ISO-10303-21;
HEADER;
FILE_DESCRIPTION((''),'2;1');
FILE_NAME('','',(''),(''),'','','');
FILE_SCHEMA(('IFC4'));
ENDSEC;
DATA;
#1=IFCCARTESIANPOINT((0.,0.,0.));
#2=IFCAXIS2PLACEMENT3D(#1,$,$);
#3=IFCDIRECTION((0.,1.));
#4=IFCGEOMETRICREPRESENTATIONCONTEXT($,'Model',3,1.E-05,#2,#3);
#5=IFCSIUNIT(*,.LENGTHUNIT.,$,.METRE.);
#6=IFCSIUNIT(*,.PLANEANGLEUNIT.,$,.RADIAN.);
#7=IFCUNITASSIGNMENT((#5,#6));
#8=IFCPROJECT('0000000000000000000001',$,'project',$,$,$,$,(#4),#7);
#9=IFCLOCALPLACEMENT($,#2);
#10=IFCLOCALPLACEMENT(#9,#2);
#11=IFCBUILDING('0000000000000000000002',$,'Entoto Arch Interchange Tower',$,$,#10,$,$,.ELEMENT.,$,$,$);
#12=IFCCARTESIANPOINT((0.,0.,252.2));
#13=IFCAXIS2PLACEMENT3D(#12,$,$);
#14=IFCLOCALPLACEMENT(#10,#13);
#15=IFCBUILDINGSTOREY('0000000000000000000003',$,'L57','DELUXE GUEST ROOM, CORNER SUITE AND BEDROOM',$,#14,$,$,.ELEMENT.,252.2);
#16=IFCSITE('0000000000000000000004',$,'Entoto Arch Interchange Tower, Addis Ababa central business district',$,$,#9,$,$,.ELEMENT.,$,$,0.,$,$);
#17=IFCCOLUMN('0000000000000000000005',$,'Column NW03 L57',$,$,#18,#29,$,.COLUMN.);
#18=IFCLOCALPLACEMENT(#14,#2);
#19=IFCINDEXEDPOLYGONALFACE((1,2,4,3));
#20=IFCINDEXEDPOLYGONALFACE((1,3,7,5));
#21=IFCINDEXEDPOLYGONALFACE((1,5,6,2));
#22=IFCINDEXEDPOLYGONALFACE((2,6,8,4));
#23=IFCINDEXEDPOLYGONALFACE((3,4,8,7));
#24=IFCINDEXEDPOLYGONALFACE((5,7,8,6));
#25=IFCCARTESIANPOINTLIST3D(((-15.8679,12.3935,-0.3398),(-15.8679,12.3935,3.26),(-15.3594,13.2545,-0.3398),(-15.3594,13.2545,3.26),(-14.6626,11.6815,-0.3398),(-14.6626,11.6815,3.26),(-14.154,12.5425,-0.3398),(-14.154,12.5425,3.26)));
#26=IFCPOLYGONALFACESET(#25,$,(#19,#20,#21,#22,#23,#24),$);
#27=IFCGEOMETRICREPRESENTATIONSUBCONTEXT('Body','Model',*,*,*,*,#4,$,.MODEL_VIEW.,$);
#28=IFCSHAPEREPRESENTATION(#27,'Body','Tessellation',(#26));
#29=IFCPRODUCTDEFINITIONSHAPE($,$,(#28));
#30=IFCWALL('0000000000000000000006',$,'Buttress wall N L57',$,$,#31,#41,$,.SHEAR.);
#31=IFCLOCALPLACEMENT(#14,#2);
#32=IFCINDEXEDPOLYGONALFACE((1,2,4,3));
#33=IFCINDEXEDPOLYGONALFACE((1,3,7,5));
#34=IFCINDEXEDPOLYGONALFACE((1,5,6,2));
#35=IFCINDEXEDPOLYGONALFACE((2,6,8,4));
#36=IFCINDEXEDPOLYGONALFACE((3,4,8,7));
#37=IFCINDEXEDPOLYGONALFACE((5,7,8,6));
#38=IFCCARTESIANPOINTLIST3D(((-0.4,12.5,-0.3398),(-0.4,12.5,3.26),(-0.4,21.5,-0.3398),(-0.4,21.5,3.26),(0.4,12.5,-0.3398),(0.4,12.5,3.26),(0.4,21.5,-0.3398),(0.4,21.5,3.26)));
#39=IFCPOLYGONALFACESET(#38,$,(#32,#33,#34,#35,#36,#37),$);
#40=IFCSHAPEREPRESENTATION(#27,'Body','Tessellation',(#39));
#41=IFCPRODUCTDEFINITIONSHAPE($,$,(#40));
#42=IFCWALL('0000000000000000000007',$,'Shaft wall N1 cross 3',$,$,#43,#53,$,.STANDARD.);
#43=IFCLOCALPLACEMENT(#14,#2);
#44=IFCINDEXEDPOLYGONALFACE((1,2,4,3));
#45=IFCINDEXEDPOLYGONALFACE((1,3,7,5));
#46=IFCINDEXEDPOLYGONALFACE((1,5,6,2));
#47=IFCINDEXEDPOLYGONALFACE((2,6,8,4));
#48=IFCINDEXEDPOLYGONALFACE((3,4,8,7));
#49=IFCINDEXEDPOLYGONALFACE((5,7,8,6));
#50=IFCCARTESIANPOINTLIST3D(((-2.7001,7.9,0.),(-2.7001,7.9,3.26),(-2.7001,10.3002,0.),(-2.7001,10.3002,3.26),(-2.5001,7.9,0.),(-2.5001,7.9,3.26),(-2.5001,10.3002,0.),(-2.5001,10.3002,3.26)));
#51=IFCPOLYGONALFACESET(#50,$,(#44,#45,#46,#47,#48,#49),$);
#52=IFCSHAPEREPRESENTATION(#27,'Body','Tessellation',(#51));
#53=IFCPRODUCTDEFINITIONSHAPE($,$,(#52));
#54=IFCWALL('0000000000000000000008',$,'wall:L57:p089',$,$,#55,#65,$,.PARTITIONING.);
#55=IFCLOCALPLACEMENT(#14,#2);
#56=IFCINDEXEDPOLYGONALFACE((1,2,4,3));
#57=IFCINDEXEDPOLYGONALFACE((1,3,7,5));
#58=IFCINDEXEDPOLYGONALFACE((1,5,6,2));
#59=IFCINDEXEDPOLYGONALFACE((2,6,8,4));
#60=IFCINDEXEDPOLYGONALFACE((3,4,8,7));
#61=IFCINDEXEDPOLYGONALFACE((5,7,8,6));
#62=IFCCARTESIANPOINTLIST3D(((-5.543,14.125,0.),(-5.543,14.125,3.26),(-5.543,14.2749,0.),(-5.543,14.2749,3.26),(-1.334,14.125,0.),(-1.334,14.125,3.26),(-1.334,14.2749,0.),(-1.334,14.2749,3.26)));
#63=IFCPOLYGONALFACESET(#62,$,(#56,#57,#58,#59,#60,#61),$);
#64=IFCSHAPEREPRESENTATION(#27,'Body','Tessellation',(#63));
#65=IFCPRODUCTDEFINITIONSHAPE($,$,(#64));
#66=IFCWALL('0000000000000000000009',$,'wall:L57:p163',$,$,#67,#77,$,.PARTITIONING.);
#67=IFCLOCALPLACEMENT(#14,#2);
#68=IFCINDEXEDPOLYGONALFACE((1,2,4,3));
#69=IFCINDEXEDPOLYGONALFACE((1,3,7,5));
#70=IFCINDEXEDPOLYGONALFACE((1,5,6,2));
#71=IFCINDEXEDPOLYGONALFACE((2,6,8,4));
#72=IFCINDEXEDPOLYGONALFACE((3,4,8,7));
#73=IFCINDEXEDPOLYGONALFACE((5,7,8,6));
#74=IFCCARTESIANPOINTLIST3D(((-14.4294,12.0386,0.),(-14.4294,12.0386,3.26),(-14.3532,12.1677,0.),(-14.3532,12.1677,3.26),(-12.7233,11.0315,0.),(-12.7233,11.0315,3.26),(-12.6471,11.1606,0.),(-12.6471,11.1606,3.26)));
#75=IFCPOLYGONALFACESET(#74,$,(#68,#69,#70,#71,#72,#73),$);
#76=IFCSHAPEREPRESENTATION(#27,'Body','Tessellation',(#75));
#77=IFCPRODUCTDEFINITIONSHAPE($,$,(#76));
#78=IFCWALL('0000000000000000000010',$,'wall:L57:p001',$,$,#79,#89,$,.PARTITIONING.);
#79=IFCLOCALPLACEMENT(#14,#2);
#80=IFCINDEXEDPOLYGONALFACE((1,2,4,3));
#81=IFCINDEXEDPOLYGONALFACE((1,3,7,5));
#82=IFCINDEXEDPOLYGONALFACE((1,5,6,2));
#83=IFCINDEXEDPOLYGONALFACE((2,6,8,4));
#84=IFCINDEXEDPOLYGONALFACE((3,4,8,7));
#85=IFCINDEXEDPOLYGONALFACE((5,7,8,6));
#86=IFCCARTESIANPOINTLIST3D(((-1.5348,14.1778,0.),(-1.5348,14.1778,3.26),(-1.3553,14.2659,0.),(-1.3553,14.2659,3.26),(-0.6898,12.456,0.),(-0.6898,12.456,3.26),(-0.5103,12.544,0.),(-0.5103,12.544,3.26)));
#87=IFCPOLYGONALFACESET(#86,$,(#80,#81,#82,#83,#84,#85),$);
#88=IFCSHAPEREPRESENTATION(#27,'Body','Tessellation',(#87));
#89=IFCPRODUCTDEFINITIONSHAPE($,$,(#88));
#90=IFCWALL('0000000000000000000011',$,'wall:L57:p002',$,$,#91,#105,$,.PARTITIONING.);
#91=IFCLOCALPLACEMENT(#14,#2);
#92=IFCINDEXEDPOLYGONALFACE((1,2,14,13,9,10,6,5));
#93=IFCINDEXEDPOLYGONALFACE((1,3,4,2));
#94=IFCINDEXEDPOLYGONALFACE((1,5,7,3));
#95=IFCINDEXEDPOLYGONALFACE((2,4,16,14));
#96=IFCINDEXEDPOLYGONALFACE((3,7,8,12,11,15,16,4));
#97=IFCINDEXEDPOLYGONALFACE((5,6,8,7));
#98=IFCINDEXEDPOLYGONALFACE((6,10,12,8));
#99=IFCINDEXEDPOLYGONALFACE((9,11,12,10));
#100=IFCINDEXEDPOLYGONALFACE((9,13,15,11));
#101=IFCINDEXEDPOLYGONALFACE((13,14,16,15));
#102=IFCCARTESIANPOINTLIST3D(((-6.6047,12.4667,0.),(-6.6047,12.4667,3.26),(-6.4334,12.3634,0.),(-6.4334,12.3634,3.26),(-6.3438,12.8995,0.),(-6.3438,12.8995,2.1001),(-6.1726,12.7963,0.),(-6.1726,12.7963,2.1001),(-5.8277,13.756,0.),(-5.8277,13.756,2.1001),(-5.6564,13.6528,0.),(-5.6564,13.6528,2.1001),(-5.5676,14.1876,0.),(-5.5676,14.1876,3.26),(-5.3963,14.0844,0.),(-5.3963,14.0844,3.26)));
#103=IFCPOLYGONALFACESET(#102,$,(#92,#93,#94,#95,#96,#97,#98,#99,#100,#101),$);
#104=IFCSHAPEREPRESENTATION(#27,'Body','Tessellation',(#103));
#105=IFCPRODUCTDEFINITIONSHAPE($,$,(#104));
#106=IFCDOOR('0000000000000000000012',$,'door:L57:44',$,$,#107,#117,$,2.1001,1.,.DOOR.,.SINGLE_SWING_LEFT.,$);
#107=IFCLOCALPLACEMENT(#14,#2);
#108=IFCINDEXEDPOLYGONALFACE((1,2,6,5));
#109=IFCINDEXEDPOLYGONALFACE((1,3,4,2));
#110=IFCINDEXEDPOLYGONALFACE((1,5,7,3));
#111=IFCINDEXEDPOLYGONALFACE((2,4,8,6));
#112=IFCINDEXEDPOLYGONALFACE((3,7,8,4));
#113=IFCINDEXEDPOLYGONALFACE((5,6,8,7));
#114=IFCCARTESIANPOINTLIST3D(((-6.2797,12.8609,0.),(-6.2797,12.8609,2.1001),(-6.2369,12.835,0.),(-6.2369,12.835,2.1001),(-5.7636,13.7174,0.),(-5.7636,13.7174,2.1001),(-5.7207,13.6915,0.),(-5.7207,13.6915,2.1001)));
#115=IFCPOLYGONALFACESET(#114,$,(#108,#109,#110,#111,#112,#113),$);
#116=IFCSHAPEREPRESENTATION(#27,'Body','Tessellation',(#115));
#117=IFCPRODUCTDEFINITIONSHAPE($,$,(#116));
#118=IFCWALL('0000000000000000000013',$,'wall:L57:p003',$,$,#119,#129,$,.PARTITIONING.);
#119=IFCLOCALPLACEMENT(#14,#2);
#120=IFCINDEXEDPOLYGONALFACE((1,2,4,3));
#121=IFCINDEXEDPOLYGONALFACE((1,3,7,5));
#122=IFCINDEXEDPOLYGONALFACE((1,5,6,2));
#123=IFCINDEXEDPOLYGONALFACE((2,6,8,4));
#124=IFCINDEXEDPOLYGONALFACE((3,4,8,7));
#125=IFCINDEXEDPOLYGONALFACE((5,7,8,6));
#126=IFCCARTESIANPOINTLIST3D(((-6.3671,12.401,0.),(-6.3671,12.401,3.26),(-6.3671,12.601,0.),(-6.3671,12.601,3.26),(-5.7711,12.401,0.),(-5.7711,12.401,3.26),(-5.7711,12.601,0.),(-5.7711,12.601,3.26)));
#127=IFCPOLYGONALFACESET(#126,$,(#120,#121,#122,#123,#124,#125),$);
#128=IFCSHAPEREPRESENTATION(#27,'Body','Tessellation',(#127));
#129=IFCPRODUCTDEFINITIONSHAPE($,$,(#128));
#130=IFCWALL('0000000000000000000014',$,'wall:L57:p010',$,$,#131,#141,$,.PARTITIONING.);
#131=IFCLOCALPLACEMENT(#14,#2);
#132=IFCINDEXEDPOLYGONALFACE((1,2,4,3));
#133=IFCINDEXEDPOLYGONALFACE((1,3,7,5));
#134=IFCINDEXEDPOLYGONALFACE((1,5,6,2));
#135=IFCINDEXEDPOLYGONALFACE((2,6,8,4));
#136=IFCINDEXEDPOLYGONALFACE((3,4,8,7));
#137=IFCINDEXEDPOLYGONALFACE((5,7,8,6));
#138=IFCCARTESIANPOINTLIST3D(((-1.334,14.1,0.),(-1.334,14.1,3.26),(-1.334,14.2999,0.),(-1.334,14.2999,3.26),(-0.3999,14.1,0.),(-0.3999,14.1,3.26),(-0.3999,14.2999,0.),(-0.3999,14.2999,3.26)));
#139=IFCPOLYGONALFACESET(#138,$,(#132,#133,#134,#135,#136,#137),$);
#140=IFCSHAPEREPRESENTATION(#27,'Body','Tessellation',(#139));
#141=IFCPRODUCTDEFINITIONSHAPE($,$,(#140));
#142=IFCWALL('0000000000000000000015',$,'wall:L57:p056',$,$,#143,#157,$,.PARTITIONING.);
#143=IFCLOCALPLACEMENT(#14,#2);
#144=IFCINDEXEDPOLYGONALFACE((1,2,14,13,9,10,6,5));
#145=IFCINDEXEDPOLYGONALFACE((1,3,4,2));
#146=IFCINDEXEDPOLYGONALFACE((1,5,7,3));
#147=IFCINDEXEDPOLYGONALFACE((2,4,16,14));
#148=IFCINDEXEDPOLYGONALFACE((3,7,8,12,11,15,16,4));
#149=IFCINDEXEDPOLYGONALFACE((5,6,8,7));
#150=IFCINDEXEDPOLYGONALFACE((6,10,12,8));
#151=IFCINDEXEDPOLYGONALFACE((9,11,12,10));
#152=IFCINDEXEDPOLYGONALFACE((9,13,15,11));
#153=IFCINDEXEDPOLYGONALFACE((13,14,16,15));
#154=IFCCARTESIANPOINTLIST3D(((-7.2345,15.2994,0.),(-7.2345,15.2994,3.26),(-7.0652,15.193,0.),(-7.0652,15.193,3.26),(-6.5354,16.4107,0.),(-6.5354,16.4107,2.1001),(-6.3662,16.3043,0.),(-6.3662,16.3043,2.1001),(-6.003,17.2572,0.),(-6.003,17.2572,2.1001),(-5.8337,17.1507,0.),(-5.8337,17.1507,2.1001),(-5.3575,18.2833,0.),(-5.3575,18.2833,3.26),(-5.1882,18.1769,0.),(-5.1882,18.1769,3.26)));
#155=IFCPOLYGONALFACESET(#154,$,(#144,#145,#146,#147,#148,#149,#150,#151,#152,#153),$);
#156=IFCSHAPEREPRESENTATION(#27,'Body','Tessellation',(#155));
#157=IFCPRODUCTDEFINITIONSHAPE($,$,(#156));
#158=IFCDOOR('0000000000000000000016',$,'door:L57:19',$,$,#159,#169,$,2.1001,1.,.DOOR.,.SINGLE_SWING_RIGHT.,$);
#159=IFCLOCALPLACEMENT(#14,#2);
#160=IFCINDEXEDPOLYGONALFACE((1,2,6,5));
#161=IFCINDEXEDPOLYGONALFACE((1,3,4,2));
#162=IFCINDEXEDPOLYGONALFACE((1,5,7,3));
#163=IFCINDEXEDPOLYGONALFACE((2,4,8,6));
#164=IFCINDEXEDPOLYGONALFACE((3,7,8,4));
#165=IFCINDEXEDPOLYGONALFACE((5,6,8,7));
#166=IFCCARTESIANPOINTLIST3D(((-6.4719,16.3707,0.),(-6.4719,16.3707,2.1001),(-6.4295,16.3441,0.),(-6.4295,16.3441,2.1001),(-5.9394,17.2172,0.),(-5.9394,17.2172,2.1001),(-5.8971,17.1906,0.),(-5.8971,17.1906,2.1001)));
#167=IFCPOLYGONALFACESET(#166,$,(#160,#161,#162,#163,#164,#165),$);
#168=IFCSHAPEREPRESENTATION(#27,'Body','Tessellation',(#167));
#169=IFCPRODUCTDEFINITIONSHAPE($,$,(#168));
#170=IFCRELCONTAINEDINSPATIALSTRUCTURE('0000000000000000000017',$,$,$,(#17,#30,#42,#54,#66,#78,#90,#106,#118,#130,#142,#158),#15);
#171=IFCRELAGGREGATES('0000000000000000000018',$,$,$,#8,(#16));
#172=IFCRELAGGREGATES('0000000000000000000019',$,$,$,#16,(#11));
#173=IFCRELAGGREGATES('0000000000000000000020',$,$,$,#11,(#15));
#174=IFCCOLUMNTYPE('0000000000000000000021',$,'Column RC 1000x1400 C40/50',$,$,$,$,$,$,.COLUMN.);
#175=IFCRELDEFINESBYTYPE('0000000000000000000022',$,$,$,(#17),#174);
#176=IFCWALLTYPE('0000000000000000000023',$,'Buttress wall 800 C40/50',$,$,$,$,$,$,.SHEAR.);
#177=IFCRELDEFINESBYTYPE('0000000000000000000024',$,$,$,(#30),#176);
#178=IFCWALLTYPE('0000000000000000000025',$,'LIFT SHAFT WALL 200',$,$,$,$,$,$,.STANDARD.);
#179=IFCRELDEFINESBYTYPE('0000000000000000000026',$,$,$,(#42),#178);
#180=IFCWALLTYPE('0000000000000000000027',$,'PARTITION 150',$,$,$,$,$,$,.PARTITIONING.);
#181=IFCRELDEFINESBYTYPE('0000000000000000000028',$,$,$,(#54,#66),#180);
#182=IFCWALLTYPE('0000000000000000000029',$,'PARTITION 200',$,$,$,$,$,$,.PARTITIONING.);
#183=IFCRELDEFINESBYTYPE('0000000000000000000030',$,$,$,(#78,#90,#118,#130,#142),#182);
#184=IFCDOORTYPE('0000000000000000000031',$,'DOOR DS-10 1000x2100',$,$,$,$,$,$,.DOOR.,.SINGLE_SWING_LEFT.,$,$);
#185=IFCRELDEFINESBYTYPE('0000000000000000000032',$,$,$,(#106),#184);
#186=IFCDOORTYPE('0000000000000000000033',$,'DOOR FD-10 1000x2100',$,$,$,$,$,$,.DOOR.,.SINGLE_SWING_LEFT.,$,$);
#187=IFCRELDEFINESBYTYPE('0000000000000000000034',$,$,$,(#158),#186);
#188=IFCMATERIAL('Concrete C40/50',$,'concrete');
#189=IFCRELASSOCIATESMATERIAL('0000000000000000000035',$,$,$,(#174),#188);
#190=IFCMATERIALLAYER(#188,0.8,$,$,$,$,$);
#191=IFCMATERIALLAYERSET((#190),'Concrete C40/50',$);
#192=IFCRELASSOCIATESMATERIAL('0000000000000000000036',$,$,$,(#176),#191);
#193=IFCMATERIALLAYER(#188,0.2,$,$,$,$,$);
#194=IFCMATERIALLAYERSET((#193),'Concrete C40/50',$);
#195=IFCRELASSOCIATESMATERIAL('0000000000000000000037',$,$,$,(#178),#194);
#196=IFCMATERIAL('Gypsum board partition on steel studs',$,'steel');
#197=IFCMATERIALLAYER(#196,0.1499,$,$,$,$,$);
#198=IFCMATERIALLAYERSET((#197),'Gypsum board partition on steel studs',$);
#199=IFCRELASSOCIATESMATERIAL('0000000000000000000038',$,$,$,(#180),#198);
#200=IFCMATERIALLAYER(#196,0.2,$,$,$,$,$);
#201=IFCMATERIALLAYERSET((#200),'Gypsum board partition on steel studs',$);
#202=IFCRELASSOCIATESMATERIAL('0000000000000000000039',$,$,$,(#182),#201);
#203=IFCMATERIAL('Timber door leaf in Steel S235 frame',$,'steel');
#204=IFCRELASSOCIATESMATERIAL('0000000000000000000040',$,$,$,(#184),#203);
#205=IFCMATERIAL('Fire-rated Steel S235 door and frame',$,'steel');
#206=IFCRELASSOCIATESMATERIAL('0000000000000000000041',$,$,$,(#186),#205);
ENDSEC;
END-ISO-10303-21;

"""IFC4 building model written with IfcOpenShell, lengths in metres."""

from ifc_helpers import new_model, si_unit, direction, frame, frame_2d, origin, origin_2d, place, context, subcontext, project, spatial, rectangle, extrude, material, layer, layer_set, material_profile, profile_set, type_object, element, fill, save


model = new_model("IFC4")

# Units and contexts
model_context = context("Model", 3, precision=1e-05, world=origin(), true_north=direction((0.0, 1.0)))
body_context = subcontext(model_context, "Body", "Model", "MODEL_VIEW")
ifc_project = project(units=[si_unit("LENGTHUNIT", "METRE"), si_unit("PLANEANGLEUNIT", "RADIAN")], contexts=[model_context])

# Site, building, storey
site_placement = place(None, origin())
site = spatial("IfcSite", under=ifc_project, at=site_placement, Name="Entoto Arch Interchange Tower, Addis Ababa central business district", CompositionType="ELEMENT", RefElevation=0.0)
building_placement = place(site_placement, origin())
building = spatial("IfcBuilding", under=site, at=building_placement, Name="Entoto Arch Interchange Tower", CompositionType="ELEMENT")
storey_placement = place(building_placement, frame((0.0, 0.0, 252.2)))
storey = spatial("IfcBuildingStorey", under=building, at=storey_placement, Name="L57", Description="DELUXE GUEST ROOM, CORNER SUITE AND BEDROOM", CompositionType="ELEMENT", Elevation=252.2)

# Column
ifc_material_1 = material(Name="Concrete C40/50", Category="concrete")
ifc_material_profile = material_profile(ifc_material_1, rectangle(XDim=1.0, YDim=1.3999, at=origin_2d()))
ifc_profile_set = profile_set([ifc_material_profile], Name="Concrete C40/50")
column_type = type_object("IfcColumnType", Name="Column RC 1000x1400 C40/50", PredefinedType="COLUMN", material=ifc_profile_set)
column_placement = place(storey_placement, frame((-15.011, 12.468, -0.3398), z_axis=(0.0, 0.0, 1.0), x_axis=(0.508576, 0.861017, 0.0)))
element("IfcColumn", 1, at=column_placement, inside=storey, type_object=column_type, Name="Column NW03 L57", PredefinedType="COLUMN", context=body_context, shape_type="SweptSolid", body=[
    extrude(rectangle(XDim=1.0, YDim=1.3999, at=origin_2d()), origin(), (0.0, 0.0, 1.0), 3.5999),
])

# Walls
ifc_layer_1 = layer(ifc_material_1, 0.8)
ifc_layer_set_1 = layer_set([ifc_layer_1], Name="Concrete C40/50")
wall_type_1 = type_object("IfcWallType", Name="Buttress wall 800 C40/50", PredefinedType="SHEAR", material=ifc_layer_set_1)
wall_1_placement = place(storey_placement, frame((0.0, 12.5, -0.3398), z_axis=(0.0, 0.0, 1.0), x_axis=(0.0, 1.0, 0.0)))
element("IfcWall", 2, at=wall_1_placement, inside=storey, type_object=wall_type_1, Name="Buttress wall N L57", PredefinedType="SHEAR", context=body_context, shape_type="SweptSolid", body=[
    extrude(rectangle(XDim=9.0, YDim=0.8, at=frame_2d((4.5, 0.0))), origin(), (0.0, 0.0, 1.0), 3.5999),
])
ifc_layer_2 = layer(ifc_material_1, 0.2)
ifc_layer_set_2 = layer_set([ifc_layer_2], Name="Concrete C40/50")
wall_type_2 = type_object("IfcWallType", Name="LIFT SHAFT WALL 200", PredefinedType="STANDARD", material=ifc_layer_set_2)
wall_2_placement = place(storey_placement, frame((-2.6001, 7.8999, 0.0), z_axis=(0.0, 0.0, 1.0), x_axis=(0.0, 1.0, 0.0)))
element("IfcWall", 3, at=wall_2_placement, inside=storey, type_object=wall_type_2, Name="Shaft wall N1 cross 3", PredefinedType="STANDARD", context=body_context, shape_type="SweptSolid", body=[
    extrude(rectangle(XDim=2.4001, YDim=0.2, at=frame_2d((1.2002, 0.0))), origin(), (0.0, 0.0, 1.0), 3.26),
])
ifc_material_2 = material(Name="Gypsum board partition on steel studs", Category="steel")
ifc_layer_3 = layer(ifc_material_2, 0.1499)
ifc_layer_set_3 = layer_set([ifc_layer_3], Name="Gypsum board partition on steel studs")
wall_type_3 = type_object("IfcWallType", Name="PARTITION 150", PredefinedType="PARTITIONING", material=ifc_layer_set_3)
wall_3_placement = place(storey_placement, frame((-1.334, 14.2, 0.0), z_axis=(0.0, 0.0, 1.0), x_axis=(-1.0, 0.0, 0.0)))
element("IfcWall", 4, at=wall_3_placement, inside=storey, type_object=wall_type_3, Name="wall:L57:p089", PredefinedType="PARTITIONING", context=body_context, shape_type="SweptSolid", body=[
    extrude(rectangle(XDim=4.209, YDim=0.1499, at=frame_2d((2.1045, 0.0))), origin(), (0.0, 0.0, 1.0), 3.26),
])
wall_4_placement = place(storey_placement, frame((-12.6851, 11.0959, 0.0), z_axis=(0.0, 0.0, 1.0), x_axis=(-0.861157, 0.508339, 0.0)))
element("IfcWall", 5, at=wall_4_placement, inside=storey, type_object=wall_type_3, Name="wall:L57:p163", PredefinedType="PARTITIONING", context=body_context, shape_type="SweptSolid", body=[
    extrude(rectangle(XDim=1.9812, YDim=0.1499, at=frame_2d((0.9907, 0.0))), origin(), (0.0, 0.0, 1.0), 3.26),
])
ifc_layer_4 = layer(ifc_material_2, 0.2)
ifc_layer_set_4 = layer_set([ifc_layer_4], Name="Gypsum board partition on steel studs")
wall_type_4 = type_object("IfcWallType", Name="PARTITION 200", PredefinedType="PARTITIONING", material=ifc_layer_set_4)
wall_5_placement = place(storey_placement, frame((-0.6001, 12.5, 0.0), z_axis=(0.0, 0.0, 1.0), x_axis=(-0.440531, 0.897737, 0.0)))
element("IfcWall", 6, at=wall_5_placement, inside=storey, type_object=wall_type_4, Name="wall:L57:p001", PredefinedType="PARTITIONING", context=body_context, shape_type="SweptSolid", body=[
    extrude(rectangle(XDim=1.918, YDim=0.2, at=frame_2d((0.959, 0.0))), origin(), (0.0, 0.0, 1.0), 3.26),
])

# Wall, opening, door
wall_6_placement = place(storey_placement, frame((-5.4819, 14.136, 0.0), z_axis=(0.0, 0.0, 1.0), x_axis=(-0.516157, -0.856494, 0.0)))
wall_6 = element("IfcWall", 7, at=wall_6_placement, inside=storey, type_object=wall_type_4, Name="wall:L57:p002", PredefinedType="PARTITIONING", context=body_context, shape_type="SweptSolid", body=[
    extrude(rectangle(XDim=2.0093, YDim=0.2, at=frame_2d((1.0046, 0.0))), origin(), (0.0, 0.0, 1.0), 3.26),
])
opening_1_placement = place(wall_6_placement, frame((0.5039, 0.0, 0.0)))
opening_1 = element("IfcOpeningElement", 8, at=opening_1_placement, cuts=wall_6, PredefinedType="OPENING", context=body_context, shape_type="SweptSolid", body=[
    extrude(rectangle(XDim=1.0, YDim=2.1001, at=frame_2d((0.5, 1.05))), frame((0.0, 0.1099, 0.0), z_axis=(0.0, -1.0, 0.0), x_axis=(1.0, 0.0, 0.0)), (0.0, 0.0, 1.0), 0.22),
])
ifc_material_3 = material(Name="Timber door leaf in Steel S235 frame", Category="steel")
door_type_1 = type_object("IfcDoorType", Name="DOOR DS-10 1000x2100", OperationType="SINGLE_SWING_LEFT", PredefinedType="DOOR", material=ifc_material_3)
door_1_placement = place(opening_1_placement, origin())
door_1 = element("IfcDoor", 9, at=door_1_placement, inside=storey, type_object=door_type_1, Name="door:L57:44", OperationType="SINGLE_SWING_LEFT", OverallHeight=2.1001, OverallWidth=1.0, PredefinedType="DOOR", context=body_context, shape_type="SweptSolid", body=[
    extrude(rectangle(XDim=1.0, YDim=2.1001, at=frame_2d((0.5, 1.05))), frame((0.0, 0.0249, 0.0), z_axis=(0.0, -1.0, 0.0), x_axis=(1.0, 0.0, 0.0)), (0.0, 0.0, 1.0), 0.05),
])
fill(opening_1, door_1)

# Walls
wall_7_placement = place(storey_placement, frame((-6.3669, 12.501, 0.0), z_axis=(0.0, 0.0, 1.0), x_axis=(1.0, 0.0, 0.0)))
element("IfcWall", 10, at=wall_7_placement, inside=storey, type_object=wall_type_4, Name="wall:L57:p003", PredefinedType="PARTITIONING", context=body_context, shape_type="SweptSolid", body=[
    extrude(rectangle(XDim=0.5959, YDim=0.2, at=frame_2d((0.2979, 0.0))), origin(), (0.0, 0.0, 1.0), 3.26),
])
wall_8_placement = place(storey_placement, frame((-1.334, 14.2, 0.0), z_axis=(0.0, 0.0, 1.0), x_axis=(1.0, 0.0, 0.0)))
element("IfcWall", 11, at=wall_8_placement, inside=storey, type_object=wall_type_4, Name="wall:L57:p010", PredefinedType="PARTITIONING", context=body_context, shape_type="SweptSolid", body=[
    extrude(rectangle(XDim=0.9341, YDim=0.2, at=frame_2d((0.467, 0.0))), origin(), (0.0, 0.0, 1.0), 3.26),
])

# Wall, opening, door
wall_9_placement = place(storey_placement, frame((-7.1499, 15.2461, 0.0), z_axis=(0.0, 0.0, 1.0), x_axis=(0.53245, 0.846462, 0.0)))
wall_9 = element("IfcWall", 12, at=wall_9_placement, inside=storey, type_object=wall_type_4, Name="wall:L57:p056", PredefinedType="PARTITIONING", context=body_context, shape_type="SweptSolid", body=[
    extrude(rectangle(XDim=3.5251, YDim=0.2, at=frame_2d((1.7627, 0.0))), origin(), (0.0, 0.0, 1.0), 3.26),
])
opening_2_placement = place(wall_9_placement, frame((1.313, 0.0, 0.0)))
opening_2 = element("IfcOpeningElement", 13, at=opening_2_placement, cuts=wall_9, PredefinedType="OPENING", context=body_context, shape_type="SweptSolid", body=[
    extrude(rectangle(XDim=1.0, YDim=2.1001, at=frame_2d((0.5, 1.05))), frame((0.0, 0.1099, 0.0), z_axis=(0.0, -1.0, 0.0), x_axis=(1.0, 0.0, 0.0)), (0.0, 0.0, 1.0), 0.22),
])
ifc_material_4 = material(Name="Fire-rated Steel S235 door and frame", Category="steel")
door_type_2 = type_object("IfcDoorType", Name="DOOR FD-10 1000x2100", OperationType="SINGLE_SWING_LEFT", PredefinedType="DOOR", material=ifc_material_4)
door_2_placement = place(opening_2_placement, origin())
door_2 = element("IfcDoor", 14, at=door_2_placement, inside=storey, type_object=door_type_2, Name="door:L57:19", OperationType="SINGLE_SWING_RIGHT", OverallHeight=2.1001, OverallWidth=1.0, PredefinedType="DOOR", context=body_context, shape_type="SweptSolid", body=[
    extrude(rectangle(XDim=1.0, YDim=2.1001, at=frame_2d((0.5, 1.05))), frame((0.0, 0.0249, 0.0), z_axis=(0.0, -1.0, 0.0), x_axis=(1.0, 0.0, 0.0)), (0.0, 0.0, 1.0), 0.05),
])
fill(opening_2, door_2)

save(model, "model.ifc")
